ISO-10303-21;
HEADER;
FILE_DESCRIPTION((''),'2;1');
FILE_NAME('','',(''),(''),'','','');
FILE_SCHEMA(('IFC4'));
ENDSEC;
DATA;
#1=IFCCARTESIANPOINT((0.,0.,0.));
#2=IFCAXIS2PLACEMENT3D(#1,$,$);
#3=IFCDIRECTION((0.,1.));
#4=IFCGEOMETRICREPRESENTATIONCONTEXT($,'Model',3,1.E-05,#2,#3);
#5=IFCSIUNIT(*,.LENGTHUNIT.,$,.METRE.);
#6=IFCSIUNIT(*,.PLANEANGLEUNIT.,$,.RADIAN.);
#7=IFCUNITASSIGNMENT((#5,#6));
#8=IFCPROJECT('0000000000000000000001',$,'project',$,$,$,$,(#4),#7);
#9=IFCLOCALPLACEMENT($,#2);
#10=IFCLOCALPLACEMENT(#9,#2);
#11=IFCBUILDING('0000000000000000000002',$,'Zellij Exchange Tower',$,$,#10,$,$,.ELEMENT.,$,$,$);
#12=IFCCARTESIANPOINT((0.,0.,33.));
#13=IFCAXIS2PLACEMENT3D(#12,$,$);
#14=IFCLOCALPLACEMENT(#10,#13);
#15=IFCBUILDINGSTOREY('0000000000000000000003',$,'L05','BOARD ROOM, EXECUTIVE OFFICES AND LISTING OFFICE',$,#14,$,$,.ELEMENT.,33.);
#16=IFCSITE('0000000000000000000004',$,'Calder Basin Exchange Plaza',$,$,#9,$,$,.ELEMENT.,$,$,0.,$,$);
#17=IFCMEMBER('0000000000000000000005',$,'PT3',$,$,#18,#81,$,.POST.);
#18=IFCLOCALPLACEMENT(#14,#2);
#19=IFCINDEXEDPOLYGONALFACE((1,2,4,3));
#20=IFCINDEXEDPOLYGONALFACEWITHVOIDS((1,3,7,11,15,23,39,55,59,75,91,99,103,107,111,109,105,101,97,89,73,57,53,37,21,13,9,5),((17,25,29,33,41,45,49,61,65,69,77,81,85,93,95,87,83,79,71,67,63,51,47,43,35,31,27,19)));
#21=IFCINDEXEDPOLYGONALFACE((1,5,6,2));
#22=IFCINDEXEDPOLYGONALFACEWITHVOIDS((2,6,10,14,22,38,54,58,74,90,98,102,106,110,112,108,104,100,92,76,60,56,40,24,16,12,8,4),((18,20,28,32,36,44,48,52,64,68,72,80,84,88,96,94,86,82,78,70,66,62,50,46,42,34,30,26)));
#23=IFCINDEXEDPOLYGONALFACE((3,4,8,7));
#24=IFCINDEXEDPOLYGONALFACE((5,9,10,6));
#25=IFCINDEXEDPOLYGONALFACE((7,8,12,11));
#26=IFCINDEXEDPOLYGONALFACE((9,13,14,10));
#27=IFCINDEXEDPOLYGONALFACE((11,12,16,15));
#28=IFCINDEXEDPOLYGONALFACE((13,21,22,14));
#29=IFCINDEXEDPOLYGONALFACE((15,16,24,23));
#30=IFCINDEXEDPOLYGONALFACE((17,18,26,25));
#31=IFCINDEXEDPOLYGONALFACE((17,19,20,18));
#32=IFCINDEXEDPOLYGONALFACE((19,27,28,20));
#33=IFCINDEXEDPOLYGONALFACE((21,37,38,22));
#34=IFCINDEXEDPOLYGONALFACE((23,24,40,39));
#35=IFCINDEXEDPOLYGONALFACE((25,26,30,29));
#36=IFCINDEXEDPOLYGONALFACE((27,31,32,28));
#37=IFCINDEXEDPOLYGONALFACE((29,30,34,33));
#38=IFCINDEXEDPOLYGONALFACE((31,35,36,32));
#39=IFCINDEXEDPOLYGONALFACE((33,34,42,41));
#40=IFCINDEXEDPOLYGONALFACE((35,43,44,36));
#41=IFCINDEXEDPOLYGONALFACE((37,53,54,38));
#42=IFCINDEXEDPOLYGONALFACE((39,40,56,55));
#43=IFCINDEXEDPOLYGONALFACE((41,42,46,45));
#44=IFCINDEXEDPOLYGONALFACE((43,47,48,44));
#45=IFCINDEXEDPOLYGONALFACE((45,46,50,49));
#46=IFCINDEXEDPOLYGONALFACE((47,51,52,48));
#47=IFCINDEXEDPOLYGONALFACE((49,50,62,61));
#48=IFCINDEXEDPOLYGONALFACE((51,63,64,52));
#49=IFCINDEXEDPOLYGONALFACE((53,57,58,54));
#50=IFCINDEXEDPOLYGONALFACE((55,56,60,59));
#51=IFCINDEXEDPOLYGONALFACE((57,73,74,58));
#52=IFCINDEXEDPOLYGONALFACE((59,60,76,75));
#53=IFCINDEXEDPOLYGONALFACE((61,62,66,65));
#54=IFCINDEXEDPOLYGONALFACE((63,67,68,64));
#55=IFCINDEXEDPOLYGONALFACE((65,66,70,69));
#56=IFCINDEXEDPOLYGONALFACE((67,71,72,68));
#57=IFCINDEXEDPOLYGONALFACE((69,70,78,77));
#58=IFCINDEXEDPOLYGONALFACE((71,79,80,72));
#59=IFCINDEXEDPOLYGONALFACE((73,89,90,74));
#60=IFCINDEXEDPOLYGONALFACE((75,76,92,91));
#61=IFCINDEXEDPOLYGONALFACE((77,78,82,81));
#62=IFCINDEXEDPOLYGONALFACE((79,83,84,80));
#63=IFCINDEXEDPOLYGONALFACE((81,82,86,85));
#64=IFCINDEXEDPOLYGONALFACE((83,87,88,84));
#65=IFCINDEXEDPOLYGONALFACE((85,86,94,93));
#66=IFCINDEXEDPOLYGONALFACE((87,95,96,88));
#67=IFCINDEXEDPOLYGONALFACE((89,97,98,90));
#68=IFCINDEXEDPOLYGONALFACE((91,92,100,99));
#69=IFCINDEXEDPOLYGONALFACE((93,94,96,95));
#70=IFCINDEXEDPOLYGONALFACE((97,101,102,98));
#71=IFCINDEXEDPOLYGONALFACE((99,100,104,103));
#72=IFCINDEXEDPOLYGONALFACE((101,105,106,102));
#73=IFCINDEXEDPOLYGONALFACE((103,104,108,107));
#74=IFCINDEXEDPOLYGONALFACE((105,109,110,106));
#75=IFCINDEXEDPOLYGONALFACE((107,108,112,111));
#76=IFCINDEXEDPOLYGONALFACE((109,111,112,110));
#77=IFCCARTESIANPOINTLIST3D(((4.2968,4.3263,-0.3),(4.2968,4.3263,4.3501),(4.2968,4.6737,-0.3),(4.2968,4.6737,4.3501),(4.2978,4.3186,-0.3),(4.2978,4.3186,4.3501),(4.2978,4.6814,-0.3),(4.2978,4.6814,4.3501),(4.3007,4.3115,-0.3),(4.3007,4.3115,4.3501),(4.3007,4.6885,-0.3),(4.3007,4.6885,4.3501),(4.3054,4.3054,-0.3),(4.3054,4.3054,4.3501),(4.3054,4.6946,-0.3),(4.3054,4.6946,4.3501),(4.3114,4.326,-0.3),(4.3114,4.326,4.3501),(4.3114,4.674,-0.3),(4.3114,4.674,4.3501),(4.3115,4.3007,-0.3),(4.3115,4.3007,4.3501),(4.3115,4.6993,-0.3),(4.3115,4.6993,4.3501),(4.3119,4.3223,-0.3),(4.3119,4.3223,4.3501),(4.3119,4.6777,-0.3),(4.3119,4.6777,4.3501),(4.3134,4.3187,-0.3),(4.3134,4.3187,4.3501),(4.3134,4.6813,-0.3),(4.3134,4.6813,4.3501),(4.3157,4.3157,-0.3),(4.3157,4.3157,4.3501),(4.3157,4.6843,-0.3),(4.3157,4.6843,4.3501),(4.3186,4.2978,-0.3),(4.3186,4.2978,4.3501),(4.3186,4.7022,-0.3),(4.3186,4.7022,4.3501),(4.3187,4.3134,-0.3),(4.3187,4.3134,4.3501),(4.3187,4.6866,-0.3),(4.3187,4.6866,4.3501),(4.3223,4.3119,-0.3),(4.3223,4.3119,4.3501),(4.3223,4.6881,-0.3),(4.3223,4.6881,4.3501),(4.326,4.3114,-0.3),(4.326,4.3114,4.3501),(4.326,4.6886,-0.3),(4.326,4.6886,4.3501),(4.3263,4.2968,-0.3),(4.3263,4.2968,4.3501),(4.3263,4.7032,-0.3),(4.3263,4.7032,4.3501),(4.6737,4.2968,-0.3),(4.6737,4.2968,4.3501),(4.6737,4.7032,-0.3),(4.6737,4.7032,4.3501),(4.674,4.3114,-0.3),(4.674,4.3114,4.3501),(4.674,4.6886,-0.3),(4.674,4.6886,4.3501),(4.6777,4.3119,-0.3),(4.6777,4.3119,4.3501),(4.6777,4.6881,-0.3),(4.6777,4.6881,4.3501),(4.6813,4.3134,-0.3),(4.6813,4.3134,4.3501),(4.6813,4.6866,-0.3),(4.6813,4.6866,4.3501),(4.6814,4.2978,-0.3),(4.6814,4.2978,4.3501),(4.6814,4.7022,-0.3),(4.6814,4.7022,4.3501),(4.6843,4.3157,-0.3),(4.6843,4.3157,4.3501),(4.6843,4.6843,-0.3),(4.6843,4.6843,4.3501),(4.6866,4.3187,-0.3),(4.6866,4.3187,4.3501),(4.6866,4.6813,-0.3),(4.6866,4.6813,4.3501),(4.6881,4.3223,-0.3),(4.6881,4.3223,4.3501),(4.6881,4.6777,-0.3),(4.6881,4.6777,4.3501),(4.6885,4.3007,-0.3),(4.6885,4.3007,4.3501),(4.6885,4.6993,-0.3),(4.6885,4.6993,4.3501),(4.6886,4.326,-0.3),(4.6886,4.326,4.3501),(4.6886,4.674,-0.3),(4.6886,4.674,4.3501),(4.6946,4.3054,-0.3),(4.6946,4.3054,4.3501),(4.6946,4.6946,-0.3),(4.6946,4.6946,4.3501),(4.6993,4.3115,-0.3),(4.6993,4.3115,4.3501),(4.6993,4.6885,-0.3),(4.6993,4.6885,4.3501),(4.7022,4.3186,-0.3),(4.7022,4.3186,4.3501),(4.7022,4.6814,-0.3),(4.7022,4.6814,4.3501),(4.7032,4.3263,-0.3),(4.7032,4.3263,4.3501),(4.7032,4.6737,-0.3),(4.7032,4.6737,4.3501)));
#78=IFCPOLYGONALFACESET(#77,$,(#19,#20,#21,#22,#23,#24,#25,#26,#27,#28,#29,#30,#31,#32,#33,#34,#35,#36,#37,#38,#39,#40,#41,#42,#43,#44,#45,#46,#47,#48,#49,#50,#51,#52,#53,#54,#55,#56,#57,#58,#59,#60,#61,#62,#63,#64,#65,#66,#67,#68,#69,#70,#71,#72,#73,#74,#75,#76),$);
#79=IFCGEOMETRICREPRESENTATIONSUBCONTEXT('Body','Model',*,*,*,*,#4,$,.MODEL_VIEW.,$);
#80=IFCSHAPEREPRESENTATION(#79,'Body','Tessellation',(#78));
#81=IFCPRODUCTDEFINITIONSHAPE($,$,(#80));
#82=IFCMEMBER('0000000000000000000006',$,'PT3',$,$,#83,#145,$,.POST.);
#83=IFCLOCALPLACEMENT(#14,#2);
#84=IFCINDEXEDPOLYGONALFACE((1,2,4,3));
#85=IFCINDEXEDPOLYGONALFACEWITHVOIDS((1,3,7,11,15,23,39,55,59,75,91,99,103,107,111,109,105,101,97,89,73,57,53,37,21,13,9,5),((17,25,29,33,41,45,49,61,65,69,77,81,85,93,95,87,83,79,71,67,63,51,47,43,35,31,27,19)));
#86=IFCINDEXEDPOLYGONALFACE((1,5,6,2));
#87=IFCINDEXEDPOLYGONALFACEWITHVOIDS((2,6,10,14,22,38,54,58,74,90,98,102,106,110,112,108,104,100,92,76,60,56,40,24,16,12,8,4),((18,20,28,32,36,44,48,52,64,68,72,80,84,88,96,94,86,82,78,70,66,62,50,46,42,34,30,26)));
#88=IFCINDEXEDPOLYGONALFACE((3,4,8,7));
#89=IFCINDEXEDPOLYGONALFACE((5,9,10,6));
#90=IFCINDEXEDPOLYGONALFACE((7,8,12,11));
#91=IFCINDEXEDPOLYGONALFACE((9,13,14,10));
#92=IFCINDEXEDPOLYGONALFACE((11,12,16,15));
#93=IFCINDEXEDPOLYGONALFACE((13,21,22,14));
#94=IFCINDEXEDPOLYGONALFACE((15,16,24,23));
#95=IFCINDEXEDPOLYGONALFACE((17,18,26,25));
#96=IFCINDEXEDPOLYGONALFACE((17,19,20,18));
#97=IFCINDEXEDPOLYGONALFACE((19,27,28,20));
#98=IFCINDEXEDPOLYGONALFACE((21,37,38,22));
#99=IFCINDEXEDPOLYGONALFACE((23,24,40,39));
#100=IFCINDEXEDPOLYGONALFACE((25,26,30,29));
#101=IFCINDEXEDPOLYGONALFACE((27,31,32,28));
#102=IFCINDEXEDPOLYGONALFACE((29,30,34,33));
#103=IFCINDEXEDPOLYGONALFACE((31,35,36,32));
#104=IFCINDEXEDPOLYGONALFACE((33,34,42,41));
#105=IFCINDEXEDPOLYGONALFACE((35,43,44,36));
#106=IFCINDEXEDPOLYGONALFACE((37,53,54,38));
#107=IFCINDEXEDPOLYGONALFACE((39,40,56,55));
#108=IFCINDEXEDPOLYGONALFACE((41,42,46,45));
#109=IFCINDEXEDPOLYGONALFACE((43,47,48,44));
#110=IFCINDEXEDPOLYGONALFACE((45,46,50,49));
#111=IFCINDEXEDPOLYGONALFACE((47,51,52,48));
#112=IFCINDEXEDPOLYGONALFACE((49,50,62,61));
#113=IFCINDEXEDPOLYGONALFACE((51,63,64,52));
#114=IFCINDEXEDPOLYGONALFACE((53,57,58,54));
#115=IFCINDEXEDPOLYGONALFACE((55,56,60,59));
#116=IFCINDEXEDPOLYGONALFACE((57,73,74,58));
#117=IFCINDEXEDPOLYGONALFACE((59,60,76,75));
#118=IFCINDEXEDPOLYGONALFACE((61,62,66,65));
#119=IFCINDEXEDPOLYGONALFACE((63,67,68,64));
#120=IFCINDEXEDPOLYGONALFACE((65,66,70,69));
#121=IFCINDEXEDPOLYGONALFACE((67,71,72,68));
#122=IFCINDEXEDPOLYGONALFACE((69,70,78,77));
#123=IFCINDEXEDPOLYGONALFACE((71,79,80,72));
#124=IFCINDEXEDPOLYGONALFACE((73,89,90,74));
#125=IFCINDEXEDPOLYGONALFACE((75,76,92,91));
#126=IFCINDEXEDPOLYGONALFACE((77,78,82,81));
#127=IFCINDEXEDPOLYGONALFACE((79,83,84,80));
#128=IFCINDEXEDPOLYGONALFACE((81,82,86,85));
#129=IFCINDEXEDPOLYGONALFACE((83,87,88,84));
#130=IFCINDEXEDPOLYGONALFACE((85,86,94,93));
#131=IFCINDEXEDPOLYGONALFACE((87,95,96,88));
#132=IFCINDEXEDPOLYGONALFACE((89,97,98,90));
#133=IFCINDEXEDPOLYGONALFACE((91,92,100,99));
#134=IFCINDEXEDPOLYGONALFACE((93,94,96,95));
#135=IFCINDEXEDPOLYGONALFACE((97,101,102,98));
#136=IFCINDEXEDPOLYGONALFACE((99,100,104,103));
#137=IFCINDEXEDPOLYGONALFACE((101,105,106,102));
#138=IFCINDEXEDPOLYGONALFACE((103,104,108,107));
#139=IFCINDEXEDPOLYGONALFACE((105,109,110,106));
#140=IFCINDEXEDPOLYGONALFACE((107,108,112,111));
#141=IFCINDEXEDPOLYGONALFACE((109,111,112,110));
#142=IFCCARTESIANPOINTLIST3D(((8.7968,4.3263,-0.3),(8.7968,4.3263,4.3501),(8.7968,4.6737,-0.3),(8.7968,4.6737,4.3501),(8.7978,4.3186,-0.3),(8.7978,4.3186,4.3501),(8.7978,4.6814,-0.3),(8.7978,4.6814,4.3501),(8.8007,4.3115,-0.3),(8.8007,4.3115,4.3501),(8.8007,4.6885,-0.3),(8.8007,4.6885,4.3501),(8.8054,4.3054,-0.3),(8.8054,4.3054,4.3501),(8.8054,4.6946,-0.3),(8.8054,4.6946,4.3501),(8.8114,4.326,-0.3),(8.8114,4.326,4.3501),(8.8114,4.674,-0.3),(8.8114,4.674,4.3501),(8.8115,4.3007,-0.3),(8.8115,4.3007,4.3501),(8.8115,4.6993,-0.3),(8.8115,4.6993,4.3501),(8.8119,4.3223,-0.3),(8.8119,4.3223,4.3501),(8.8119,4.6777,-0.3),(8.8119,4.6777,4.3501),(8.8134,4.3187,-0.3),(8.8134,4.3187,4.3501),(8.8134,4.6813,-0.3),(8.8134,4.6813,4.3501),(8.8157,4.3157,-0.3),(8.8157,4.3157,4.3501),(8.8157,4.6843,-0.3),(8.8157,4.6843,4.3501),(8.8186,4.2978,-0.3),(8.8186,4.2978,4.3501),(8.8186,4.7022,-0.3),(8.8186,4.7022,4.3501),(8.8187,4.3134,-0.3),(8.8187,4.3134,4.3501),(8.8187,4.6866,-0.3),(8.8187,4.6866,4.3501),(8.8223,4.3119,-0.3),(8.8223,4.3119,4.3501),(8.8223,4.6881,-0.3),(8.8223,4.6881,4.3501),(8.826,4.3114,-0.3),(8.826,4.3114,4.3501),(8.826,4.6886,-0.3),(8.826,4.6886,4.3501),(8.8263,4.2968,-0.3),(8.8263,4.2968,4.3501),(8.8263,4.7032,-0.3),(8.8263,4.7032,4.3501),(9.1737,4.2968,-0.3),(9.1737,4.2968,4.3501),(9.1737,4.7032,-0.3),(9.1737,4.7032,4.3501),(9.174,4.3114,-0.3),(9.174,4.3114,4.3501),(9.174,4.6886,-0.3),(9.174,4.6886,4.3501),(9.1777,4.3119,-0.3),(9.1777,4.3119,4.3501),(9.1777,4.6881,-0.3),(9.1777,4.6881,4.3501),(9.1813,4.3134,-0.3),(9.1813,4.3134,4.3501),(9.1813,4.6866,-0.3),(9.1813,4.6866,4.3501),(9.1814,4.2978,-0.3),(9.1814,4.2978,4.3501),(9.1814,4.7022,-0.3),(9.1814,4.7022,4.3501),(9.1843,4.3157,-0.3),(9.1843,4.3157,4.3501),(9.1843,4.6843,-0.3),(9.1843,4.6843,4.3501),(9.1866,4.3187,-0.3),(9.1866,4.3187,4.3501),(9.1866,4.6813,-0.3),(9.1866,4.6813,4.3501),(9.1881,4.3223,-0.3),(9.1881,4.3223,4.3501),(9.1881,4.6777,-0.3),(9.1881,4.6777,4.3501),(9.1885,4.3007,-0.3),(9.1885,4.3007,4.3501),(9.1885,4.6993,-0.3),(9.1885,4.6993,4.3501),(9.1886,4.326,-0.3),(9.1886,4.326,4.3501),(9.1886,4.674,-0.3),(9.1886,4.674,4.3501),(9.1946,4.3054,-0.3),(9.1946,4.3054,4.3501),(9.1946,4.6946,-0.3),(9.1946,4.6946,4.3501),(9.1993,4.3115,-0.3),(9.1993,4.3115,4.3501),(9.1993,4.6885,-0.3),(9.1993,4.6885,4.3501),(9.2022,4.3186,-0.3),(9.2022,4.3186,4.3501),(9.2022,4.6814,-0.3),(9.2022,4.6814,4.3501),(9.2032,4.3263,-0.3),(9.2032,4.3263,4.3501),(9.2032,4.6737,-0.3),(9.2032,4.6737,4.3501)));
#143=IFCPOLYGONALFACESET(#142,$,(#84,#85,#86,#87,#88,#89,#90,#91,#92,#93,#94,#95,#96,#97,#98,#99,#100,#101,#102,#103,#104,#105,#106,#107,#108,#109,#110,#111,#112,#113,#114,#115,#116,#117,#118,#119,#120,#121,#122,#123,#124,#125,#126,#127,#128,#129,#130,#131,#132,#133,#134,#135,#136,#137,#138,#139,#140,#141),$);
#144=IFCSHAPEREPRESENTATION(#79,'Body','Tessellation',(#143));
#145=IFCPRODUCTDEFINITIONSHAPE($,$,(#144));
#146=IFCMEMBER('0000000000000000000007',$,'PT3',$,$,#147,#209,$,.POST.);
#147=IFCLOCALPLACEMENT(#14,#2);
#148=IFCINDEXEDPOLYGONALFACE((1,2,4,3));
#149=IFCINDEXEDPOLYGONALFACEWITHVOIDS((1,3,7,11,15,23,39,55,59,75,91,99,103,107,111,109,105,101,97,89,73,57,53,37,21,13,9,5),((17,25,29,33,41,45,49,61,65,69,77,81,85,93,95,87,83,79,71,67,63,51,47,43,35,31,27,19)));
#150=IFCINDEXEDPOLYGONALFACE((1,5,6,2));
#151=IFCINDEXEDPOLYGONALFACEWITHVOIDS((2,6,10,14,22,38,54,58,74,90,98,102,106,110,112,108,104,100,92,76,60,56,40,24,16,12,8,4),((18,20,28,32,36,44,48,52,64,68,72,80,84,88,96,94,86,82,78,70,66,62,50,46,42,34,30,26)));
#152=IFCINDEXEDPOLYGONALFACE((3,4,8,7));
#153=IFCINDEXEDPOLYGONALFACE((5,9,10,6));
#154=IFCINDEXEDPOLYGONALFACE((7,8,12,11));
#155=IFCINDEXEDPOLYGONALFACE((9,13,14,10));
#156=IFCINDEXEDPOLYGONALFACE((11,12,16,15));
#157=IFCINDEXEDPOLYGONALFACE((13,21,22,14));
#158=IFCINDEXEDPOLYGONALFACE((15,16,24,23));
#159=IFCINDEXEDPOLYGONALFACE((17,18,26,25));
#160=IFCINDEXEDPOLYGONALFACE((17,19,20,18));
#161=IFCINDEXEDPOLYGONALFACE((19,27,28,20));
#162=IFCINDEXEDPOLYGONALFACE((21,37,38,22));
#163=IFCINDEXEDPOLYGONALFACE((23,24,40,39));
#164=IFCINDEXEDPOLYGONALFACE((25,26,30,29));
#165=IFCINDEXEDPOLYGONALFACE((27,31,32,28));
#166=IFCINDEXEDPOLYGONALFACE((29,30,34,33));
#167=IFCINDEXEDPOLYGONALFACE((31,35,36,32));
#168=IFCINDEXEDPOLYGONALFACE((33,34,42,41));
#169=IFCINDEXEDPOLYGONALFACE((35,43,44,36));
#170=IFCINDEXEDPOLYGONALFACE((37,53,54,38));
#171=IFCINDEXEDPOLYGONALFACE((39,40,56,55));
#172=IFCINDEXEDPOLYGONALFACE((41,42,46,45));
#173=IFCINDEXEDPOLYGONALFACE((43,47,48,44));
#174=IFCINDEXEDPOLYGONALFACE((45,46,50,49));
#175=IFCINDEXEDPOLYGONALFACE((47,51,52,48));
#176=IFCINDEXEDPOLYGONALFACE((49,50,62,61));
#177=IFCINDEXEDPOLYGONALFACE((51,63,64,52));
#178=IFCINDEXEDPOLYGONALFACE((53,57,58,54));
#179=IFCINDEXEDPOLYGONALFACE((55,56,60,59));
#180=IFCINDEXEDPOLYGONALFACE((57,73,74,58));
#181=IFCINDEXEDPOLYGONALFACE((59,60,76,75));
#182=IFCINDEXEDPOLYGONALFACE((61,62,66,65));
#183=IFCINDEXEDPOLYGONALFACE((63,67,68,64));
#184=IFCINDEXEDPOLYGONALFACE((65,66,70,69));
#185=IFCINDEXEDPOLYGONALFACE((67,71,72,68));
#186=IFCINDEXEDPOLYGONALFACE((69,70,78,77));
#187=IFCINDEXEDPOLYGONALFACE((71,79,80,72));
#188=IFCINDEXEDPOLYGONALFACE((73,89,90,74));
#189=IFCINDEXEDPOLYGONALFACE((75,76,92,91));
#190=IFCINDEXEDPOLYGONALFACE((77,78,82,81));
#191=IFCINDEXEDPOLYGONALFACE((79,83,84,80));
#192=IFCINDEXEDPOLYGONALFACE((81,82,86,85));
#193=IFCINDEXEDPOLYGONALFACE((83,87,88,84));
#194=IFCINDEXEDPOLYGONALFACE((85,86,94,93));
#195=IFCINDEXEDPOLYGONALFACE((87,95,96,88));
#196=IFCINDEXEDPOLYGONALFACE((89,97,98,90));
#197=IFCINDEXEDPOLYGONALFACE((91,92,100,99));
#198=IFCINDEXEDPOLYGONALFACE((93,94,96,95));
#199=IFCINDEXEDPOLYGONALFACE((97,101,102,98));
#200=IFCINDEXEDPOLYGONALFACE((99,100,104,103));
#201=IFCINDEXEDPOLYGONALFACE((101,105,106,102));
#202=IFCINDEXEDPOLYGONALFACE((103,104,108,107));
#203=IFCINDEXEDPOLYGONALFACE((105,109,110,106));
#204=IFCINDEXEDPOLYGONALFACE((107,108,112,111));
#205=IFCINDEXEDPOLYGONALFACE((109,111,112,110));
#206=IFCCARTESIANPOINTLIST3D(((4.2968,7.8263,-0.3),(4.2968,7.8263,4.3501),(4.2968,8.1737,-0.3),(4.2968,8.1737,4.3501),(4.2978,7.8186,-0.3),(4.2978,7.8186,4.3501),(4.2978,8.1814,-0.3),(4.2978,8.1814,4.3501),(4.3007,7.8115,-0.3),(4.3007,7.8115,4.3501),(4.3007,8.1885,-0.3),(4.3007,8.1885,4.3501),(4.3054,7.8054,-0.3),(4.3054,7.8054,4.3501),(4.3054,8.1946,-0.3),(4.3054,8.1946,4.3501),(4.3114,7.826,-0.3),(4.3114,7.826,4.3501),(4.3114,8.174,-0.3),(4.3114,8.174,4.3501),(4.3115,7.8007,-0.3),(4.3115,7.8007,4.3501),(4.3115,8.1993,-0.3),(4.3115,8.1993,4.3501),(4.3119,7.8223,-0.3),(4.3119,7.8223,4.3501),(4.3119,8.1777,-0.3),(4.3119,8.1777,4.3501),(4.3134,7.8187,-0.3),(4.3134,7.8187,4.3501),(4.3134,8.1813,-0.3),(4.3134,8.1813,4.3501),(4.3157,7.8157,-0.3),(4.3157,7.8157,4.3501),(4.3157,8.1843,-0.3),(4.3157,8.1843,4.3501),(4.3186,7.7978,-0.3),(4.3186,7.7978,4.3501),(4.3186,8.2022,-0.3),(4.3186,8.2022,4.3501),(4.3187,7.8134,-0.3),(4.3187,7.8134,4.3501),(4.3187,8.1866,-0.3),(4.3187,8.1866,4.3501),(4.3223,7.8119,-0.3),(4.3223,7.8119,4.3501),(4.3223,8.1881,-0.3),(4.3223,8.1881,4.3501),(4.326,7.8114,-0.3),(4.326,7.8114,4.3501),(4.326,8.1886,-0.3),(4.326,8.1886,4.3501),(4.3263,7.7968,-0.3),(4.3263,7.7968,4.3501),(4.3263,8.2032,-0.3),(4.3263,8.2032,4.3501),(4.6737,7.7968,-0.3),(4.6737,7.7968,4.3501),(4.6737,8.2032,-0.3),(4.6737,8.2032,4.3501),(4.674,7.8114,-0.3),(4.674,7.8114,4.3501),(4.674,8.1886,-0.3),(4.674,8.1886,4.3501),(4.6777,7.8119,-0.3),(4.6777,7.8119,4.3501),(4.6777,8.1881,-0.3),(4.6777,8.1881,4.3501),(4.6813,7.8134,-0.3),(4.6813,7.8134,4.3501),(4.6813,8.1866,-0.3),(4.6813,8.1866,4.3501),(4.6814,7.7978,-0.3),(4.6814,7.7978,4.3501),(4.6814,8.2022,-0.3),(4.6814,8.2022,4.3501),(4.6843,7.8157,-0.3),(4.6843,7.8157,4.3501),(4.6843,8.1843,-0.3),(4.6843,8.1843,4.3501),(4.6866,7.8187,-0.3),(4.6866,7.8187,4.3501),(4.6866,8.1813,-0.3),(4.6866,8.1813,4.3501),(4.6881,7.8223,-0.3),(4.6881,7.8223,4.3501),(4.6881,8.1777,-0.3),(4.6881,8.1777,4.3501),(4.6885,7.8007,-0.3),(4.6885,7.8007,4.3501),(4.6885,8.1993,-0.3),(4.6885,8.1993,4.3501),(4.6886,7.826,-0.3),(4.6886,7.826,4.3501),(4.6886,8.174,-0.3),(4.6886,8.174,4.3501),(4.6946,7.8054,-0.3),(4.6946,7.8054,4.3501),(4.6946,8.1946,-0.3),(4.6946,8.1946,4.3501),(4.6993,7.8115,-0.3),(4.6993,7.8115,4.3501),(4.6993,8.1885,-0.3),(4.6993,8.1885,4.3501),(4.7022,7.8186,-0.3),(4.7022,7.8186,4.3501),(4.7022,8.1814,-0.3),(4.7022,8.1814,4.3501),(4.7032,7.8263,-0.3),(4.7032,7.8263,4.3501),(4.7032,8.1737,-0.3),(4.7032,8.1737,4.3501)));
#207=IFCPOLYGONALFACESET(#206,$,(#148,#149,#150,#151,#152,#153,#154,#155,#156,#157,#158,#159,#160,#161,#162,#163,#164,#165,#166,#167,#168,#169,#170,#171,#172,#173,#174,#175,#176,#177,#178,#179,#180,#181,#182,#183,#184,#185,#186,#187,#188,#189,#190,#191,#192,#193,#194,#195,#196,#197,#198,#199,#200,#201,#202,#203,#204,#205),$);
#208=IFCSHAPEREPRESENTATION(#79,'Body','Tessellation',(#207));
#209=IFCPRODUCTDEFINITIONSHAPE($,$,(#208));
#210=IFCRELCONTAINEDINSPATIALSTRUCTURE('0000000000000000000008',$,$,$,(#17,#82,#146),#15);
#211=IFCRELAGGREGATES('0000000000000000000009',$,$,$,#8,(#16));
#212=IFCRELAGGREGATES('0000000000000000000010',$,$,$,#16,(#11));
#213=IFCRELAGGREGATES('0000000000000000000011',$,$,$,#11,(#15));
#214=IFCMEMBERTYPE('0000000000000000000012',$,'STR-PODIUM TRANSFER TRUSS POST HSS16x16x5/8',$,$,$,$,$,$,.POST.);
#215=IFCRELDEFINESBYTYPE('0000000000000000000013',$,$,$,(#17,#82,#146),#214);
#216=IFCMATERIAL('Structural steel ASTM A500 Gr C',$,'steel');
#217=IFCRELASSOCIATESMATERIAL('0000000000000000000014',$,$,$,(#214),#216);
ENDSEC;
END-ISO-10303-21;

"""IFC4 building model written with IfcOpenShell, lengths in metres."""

from ifc_helpers import new_model, si_unit, direction, frame, origin, origin_2d, place, context, subcontext, project, spatial, hollow_rectangle, extrude, material, material_profile, profile_set, type_object, element, save


model = new_model("IFC4")

# Units and contexts
model_context = context("Model", 3, precision=1e-05, world=origin(), true_north=direction((0.0, 1.0)))
body_context = subcontext(model_context, "Body", "Model", "MODEL_VIEW")
ifc_project = project(units=[si_unit("LENGTHUNIT", "METRE"), si_unit("PLANEANGLEUNIT", "RADIAN")], contexts=[model_context])

# Site, building, storey
site_placement = place(None, origin())
site = spatial("IfcSite", under=ifc_project, at=site_placement, Name="Calder Basin Exchange Plaza", CompositionType="ELEMENT", RefElevation=0.0)
building_placement = place(site_placement, origin())
building = spatial("IfcBuilding", under=site, at=building_placement, Name="Zellij Exchange Tower", CompositionType="ELEMENT")
storey_placement = place(building_placement, frame((0.0, 0.0, 33.0)))
storey = spatial("IfcBuildingStorey", under=building, at=storey_placement, Name="L05", Description="BOARD ROOM, EXECUTIVE OFFICES AND LISTING OFFICE", CompositionType="ELEMENT", Elevation=33.0)

# Members
ifc_material_1 = material(Name="Structural steel ASTM A500 Gr C", Category="steel")
ifc_material_profile_1 = material_profile(ifc_material_1, hollow_rectangle(XDim=0.4065, YDim=0.4065, WallThickness=0.0146, InnerFilletRadius=0.0146, OuterFilletRadius=0.0295, at=origin_2d()), Name="STR-PODIUM TRANSFER TRUSS POST HSS16x16x5/8")
ifc_profile_set_1 = profile_set([ifc_material_profile_1], Name="Structural steel ASTM A500 Gr C")
member_type_1 = type_object("IfcMemberType", Name="STR-PODIUM TRANSFER TRUSS POST HSS16x16x5/8", PredefinedType="POST", material=ifc_profile_set_1)
for number, where, z_axis, x_axis, name in (
    (1, (4.5, 4.5, -0.3), (0.0, 0.0, 1.0), (1.0, 0.0, 0.0), "PT3"),
    (2, (9.0, 4.5, -0.3), (0.0, 0.0, 1.0), (1.0, 0.0, 0.0), "PT3"),
    (3, (4.5, 8.0, -0.3), (0.0, 0.0, 1.0), (1.0, 0.0, 0.0), "PT3"),
):
    element("IfcMember", number, at=place(storey_placement, frame(where, z_axis=z_axis, x_axis=x_axis)), inside=storey, type_object=member_type_1, Name=name, PredefinedType="POST", context=body_context, shape_type="SweptSolid", body=[
        extrude(hollow_rectangle(XDim=0.4065, YDim=0.4065, WallThickness=0.0146, InnerFilletRadius=0.0146, OuterFilletRadius=0.0295, at=origin_2d()), origin(), (0.0, 0.0, 1.0), 4.6501),
    ])

save(model, "model.ifc")
